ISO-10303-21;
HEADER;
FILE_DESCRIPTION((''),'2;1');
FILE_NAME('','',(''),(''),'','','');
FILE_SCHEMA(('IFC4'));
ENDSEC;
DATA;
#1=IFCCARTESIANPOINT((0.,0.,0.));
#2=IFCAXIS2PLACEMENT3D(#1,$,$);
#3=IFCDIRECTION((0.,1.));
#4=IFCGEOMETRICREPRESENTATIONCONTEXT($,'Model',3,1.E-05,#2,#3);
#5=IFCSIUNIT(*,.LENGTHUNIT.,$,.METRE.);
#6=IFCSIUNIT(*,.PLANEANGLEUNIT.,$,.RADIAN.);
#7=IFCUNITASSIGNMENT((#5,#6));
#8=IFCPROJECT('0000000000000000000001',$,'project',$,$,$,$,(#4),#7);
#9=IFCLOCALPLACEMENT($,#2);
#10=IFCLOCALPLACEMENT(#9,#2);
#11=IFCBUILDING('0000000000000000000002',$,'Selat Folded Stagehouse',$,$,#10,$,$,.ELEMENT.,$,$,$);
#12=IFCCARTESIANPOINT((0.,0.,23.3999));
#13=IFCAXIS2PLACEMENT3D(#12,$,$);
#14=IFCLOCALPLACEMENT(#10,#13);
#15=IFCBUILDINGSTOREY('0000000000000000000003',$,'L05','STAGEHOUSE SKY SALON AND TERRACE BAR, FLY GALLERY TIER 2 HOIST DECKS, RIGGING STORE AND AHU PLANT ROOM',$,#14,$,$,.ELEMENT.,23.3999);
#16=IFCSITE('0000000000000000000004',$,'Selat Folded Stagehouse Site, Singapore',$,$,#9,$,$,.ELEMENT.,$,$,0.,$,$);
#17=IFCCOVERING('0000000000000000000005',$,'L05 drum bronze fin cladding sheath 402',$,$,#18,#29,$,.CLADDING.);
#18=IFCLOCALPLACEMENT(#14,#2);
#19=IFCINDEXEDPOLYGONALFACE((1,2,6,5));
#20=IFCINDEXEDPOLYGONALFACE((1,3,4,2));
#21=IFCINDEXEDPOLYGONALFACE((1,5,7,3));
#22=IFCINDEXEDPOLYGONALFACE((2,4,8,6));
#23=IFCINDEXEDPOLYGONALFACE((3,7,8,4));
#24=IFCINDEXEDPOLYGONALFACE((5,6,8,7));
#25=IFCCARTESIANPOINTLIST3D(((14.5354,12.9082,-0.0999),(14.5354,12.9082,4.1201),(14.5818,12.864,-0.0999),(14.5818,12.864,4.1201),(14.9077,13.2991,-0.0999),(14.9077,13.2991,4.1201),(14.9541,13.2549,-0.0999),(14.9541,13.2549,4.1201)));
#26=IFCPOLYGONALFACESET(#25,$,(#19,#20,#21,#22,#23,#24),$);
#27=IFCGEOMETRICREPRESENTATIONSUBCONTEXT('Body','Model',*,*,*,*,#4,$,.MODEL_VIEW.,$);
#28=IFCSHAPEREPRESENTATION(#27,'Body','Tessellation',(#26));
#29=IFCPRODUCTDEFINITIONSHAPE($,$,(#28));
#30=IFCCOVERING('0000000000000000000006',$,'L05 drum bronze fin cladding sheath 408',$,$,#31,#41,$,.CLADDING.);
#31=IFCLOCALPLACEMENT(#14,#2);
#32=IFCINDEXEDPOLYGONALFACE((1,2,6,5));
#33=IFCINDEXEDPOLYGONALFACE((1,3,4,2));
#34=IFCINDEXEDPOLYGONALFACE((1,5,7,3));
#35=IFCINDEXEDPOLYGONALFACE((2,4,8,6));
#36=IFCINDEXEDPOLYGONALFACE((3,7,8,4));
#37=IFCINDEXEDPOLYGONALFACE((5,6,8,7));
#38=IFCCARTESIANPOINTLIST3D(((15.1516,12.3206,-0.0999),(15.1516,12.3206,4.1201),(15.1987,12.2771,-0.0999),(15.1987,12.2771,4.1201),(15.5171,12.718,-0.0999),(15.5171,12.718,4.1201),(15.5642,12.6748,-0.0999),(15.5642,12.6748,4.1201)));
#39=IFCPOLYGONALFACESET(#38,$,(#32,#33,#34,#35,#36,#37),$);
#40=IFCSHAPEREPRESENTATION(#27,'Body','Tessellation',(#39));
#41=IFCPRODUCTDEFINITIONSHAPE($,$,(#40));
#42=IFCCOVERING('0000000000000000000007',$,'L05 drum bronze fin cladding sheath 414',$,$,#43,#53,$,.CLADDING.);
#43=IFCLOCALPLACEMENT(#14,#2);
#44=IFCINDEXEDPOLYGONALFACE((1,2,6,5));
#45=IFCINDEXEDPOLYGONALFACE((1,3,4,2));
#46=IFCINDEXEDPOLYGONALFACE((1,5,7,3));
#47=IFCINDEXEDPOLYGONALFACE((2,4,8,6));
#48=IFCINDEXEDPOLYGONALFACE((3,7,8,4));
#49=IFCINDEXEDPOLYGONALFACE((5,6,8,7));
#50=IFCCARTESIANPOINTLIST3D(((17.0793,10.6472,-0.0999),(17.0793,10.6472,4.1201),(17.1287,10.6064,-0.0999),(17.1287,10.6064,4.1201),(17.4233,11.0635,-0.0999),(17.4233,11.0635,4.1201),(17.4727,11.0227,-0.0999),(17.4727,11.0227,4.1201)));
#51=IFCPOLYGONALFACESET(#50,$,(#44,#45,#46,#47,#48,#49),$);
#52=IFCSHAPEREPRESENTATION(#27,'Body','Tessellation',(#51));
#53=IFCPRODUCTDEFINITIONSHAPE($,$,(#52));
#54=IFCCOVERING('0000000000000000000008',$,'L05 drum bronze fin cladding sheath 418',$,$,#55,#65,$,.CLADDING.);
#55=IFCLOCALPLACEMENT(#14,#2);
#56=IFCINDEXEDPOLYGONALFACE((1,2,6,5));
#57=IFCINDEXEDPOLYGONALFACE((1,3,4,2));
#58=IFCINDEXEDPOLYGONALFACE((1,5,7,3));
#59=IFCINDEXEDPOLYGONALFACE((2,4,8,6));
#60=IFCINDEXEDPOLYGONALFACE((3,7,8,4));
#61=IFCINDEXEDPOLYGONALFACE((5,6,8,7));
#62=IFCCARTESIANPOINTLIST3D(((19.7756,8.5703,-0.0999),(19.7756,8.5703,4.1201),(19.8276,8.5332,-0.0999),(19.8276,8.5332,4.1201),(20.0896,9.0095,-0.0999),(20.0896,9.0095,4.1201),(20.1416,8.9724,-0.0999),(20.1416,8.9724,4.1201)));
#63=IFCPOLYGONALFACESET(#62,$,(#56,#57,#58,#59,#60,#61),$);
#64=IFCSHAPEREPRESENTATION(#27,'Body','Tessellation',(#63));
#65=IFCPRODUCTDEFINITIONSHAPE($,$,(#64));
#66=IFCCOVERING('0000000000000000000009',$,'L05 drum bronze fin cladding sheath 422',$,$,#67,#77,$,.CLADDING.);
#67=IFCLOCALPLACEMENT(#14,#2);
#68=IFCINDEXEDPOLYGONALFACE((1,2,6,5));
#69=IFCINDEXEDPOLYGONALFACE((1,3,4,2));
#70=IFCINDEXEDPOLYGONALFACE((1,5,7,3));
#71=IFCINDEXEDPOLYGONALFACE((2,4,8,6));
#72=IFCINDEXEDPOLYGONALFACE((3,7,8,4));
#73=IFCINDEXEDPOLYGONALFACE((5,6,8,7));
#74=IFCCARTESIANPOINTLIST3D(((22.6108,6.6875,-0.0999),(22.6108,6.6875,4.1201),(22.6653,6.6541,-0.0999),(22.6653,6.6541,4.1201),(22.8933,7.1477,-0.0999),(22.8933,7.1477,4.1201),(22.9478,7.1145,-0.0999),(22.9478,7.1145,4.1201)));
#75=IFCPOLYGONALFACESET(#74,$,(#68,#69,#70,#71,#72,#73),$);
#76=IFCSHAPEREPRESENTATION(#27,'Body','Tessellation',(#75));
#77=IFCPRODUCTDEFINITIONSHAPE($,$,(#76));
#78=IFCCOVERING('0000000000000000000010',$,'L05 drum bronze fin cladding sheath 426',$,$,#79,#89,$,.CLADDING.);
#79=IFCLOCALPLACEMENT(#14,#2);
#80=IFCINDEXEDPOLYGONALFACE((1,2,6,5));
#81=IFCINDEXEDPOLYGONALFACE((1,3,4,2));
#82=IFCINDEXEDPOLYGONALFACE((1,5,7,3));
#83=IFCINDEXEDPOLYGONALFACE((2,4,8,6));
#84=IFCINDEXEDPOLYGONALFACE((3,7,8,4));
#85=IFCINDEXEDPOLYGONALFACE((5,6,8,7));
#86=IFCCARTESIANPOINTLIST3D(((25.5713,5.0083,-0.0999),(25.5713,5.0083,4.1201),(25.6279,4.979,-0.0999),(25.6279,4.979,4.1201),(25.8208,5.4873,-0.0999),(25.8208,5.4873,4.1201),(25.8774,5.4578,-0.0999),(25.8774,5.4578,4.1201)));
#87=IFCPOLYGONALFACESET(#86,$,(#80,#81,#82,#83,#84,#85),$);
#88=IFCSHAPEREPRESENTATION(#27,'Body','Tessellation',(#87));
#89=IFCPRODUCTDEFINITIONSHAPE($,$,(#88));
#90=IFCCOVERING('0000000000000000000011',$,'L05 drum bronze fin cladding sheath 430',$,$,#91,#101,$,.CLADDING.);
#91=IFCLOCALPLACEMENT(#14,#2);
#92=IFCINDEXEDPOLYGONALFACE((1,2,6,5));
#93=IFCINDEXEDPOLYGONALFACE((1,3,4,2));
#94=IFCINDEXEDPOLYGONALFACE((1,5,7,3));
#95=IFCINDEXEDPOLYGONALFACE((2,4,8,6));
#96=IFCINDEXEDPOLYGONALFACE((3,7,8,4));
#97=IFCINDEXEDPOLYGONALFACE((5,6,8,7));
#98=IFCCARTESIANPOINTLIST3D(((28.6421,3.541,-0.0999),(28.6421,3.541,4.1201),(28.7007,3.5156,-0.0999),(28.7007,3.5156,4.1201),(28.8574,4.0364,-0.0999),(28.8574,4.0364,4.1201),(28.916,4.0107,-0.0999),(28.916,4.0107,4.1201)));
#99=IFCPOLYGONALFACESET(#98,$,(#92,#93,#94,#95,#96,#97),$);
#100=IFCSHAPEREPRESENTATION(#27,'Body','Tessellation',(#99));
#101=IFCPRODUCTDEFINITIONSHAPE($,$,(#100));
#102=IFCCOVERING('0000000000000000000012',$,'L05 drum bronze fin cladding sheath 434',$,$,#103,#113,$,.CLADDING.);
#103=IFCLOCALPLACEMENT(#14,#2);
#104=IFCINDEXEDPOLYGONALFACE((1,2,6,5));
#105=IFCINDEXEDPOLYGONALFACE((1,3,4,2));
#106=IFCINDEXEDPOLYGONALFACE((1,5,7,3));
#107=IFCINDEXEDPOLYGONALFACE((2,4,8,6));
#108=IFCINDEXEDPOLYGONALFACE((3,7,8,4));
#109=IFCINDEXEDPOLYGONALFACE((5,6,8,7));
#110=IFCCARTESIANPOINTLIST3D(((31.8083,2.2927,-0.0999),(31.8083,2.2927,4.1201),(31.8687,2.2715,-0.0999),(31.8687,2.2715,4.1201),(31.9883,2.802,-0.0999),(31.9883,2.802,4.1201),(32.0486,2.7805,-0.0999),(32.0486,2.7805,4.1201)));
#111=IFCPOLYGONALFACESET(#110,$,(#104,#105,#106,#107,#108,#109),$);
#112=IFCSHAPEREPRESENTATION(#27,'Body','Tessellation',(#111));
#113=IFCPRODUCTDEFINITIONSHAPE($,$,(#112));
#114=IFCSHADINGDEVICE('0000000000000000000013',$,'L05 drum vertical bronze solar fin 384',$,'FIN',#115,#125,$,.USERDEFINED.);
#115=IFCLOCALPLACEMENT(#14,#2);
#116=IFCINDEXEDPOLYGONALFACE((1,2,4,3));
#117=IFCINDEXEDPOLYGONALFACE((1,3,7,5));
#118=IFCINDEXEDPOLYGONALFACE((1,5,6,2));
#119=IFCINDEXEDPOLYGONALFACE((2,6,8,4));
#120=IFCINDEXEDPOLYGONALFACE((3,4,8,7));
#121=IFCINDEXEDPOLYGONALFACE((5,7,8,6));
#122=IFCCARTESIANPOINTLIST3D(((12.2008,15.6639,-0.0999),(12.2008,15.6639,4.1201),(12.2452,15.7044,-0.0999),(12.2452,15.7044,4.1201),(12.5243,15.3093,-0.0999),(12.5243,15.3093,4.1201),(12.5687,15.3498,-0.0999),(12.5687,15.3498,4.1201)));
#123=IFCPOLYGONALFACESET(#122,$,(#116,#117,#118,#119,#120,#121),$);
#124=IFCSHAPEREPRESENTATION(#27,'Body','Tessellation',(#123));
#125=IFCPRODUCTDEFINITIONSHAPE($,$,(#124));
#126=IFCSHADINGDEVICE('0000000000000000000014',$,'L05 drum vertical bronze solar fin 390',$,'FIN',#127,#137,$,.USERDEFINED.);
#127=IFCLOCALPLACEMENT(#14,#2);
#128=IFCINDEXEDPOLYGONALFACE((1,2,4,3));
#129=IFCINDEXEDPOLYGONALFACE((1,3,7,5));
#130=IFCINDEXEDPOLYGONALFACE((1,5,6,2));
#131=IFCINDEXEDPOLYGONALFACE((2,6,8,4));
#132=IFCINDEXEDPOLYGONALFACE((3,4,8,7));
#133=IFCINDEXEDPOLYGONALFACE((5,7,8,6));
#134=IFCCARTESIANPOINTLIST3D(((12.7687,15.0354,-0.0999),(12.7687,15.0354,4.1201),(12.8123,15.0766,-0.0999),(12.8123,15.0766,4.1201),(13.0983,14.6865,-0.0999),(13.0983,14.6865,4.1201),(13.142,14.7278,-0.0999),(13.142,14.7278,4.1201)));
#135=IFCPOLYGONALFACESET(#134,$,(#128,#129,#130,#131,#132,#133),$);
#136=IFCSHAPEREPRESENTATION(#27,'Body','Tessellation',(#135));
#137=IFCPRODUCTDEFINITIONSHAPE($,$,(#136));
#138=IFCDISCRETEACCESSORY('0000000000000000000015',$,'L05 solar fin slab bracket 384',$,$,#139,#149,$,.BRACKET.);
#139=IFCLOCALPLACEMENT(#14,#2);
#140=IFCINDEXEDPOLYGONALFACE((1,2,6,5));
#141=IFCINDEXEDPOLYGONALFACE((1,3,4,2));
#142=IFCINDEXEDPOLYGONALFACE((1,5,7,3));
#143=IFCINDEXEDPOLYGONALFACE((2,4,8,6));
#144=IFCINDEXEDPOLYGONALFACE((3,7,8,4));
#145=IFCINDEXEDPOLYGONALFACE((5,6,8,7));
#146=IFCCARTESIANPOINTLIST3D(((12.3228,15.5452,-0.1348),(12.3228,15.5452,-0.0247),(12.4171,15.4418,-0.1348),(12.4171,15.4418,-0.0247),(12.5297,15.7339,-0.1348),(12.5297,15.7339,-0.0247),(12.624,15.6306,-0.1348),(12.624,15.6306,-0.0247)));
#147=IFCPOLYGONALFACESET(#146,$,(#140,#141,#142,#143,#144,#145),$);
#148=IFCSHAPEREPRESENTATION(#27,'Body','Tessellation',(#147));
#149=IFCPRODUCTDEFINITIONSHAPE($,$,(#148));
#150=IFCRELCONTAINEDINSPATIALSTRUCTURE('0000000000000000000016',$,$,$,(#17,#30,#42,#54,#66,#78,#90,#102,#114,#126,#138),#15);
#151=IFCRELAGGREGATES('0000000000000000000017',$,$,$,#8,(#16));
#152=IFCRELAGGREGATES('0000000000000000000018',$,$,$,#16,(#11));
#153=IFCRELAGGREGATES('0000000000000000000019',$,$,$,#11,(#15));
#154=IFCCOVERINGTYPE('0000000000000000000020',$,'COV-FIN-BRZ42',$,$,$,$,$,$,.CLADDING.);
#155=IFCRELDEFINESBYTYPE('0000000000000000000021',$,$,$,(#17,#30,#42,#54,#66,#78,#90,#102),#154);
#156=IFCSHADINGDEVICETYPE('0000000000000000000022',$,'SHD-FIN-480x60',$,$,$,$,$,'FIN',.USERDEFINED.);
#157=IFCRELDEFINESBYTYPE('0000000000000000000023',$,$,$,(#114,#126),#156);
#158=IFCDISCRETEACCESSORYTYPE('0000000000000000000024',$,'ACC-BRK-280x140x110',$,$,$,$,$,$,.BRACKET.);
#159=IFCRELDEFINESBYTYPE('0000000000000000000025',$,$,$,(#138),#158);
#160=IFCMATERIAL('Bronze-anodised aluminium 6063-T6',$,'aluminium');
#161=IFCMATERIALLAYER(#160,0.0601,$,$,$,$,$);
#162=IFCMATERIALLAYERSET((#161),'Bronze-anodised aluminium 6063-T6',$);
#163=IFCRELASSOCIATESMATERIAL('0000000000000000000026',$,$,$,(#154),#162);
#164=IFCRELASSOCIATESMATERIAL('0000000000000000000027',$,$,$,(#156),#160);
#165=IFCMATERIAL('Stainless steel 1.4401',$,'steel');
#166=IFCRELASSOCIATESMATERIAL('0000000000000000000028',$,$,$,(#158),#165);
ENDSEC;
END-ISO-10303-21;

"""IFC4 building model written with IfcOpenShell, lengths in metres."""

from ifc_helpers import new_model, si_unit, direction, frame, origin, origin_2d, place, context, subcontext, project, spatial, polyline, rectangle, outline, extrude, material, layer, layer_set, material_profile, profile_set, type_object, element, save


model = new_model("IFC4")

# Units and contexts
model_context = context("Model", 3, precision=1e-05, world=origin(), true_north=direction((0.0, 1.0)))
body_context = subcontext(model_context, "Body", "Model", "MODEL_VIEW")
ifc_project = project(units=[si_unit("LENGTHUNIT", "METRE"), si_unit("PLANEANGLEUNIT", "RADIAN")], contexts=[model_context])

# Site, building, storey
site_placement = place(None, origin())
site = spatial("IfcSite", under=ifc_project, at=site_placement, Name="Selat Folded Stagehouse Site, Singapore", CompositionType="ELEMENT", RefElevation=0.0)
building_placement = place(site_placement, origin())
building = spatial("IfcBuilding", under=site, at=building_placement, Name="Selat Folded Stagehouse", CompositionType="ELEMENT")
storey_placement = place(building_placement, frame((0.0, 0.0, 23.3999)))
storey = spatial("IfcBuildingStorey", under=building, at=storey_placement, Name="L05", Description="STAGEHOUSE SKY SALON AND TERRACE BAR, FLY GALLERY TIER 2 HOIST DECKS, RIGGING STORE AND AHU PLANT ROOM", CompositionType="ELEMENT", Elevation=23.3999)

# Coverings
ifc_material_1 = material(Name="Bronze-anodised aluminium 6063-T6", Category="aluminium")
ifc_layer_1 = layer(ifc_material_1, 0.0601)
ifc_layer_set_1 = layer_set([ifc_layer_1], Name="Bronze-anodised aluminium 6063-T6")
covering_type_1 = type_object("IfcCoveringType", Name="COV-FIN-BRZ42", PredefinedType="CLADDING", material=ifc_layer_set_1)
covering_1_placement = place(storey_placement, frame((0.0, 0.0, -0.0999)))
element("IfcCovering", 1, at=covering_1_placement, inside=storey, type_object=covering_type_1, Name="L05 drum bronze fin cladding sheath 402", PredefinedType="CLADDING", context=body_context, shape_type="SweptSolid", body=[
    extrude(outline(polyline([(14.9077, 13.2991), (14.5354, 12.9082), (14.5818, 12.864), (14.9541, 13.2549), (14.9077, 13.2991)])), origin(), (0.0, 0.0, 1.0), 4.22),
])
covering_2_placement = place(storey_placement, frame((0.0, 0.0, -0.0999)))
element("IfcCovering", 2, at=covering_2_placement, inside=storey, type_object=covering_type_1, Name="L05 drum bronze fin cladding sheath 408", PredefinedType="CLADDING", context=body_context, shape_type="SweptSolid", body=[
    extrude(outline(polyline([(15.5171, 12.718), (15.1516, 12.3206), (15.1987, 12.2771), (15.5642, 12.6748), (15.5171, 12.718)])), origin(), (0.0, 0.0, 1.0), 4.22),
])
covering_3_placement = place(storey_placement, frame((0.0, 0.0, -0.0999)))
element("IfcCovering", 3, at=covering_3_placement, inside=storey, type_object=covering_type_1, Name="L05 drum bronze fin cladding sheath 414", PredefinedType="CLADDING", context=body_context, shape_type="SweptSolid", body=[
    extrude(outline(polyline([(17.4233, 11.0635), (17.0793, 10.6472), (17.1287, 10.6064), (17.4727, 11.0227), (17.4233, 11.0635)])), origin(), (0.0, 0.0, 1.0), 4.22),
])
covering_4_placement = place(storey_placement, frame((0.0, 0.0, -0.0999)))
element("IfcCovering", 4, at=covering_4_placement, inside=storey, type_object=covering_type_1, Name="L05 drum bronze fin cladding sheath 418", PredefinedType="CLADDING", context=body_context, shape_type="SweptSolid", body=[
    extrude(outline(polyline([(20.0896, 9.0095), (19.7756, 8.5703), (19.8276, 8.5332), (20.1416, 8.9724), (20.0896, 9.0095)])), origin(), (0.0, 0.0, 1.0), 4.22),
])
covering_5_placement = place(storey_placement, frame((0.0, 0.0, -0.0999)))
element("IfcCovering", 5, at=covering_5_placement, inside=storey, type_object=covering_type_1, Name="L05 drum bronze fin cladding sheath 422", PredefinedType="CLADDING", context=body_context, shape_type="SweptSolid", body=[
    extrude(outline(polyline([(22.8933, 7.1477), (22.6108, 6.6875), (22.6653, 6.6541), (22.9478, 7.1145), (22.8933, 7.1477)])), origin(), (0.0, 0.0, 1.0), 4.22),
])
covering_6_placement = place(storey_placement, frame((0.0, 0.0, -0.0999)))
element("IfcCovering", 6, at=covering_6_placement, inside=storey, type_object=covering_type_1, Name="L05 drum bronze fin cladding sheath 426", PredefinedType="CLADDING", context=body_context, shape_type="SweptSolid", body=[
    extrude(outline(polyline([(25.8208, 5.4873), (25.5713, 5.0083), (25.6279, 4.979), (25.8774, 5.4578), (25.8208, 5.4873)])), origin(), (0.0, 0.0, 1.0), 4.22),
])
covering_7_placement = place(storey_placement, frame((0.0, 0.0, -0.0999)))
element("IfcCovering", 7, at=covering_7_placement, inside=storey, type_object=covering_type_1, Name="L05 drum bronze fin cladding sheath 430", PredefinedType="CLADDING", context=body_context, shape_type="SweptSolid", body=[
    extrude(outline(polyline([(28.8574, 4.0364), (28.6421, 3.541), (28.7007, 3.5156), (28.916, 4.0107), (28.8574, 4.0364)])), origin(), (0.0, 0.0, 1.0), 4.22),
])
covering_8_placement = place(storey_placement, frame((0.0, 0.0, -0.0999)))
element("IfcCovering", 8, at=covering_8_placement, inside=storey, type_object=covering_type_1, Name="L05 drum bronze fin cladding sheath 434", PredefinedType="CLADDING", context=body_context, shape_type="SweptSolid", body=[
    extrude(outline(polyline([(31.9883, 2.802), (31.8083, 2.2927), (31.8687, 2.2715), (32.0486, 2.7805), (31.9883, 2.802)])), origin(), (0.0, 0.0, 1.0), 4.22),
])

# Shading devices
ifc_material_profile_1 = material_profile(ifc_material_1, rectangle(XDim=0.0601, YDim=0.48, at=origin_2d()), Name="SOLAR-FIN 480x60")
ifc_profile_set_1 = profile_set([ifc_material_profile_1], Name="Bronze-anodised aluminium 6063-T6")
shading_device_type = type_object("IfcShadingDeviceType", Name="SHD-FIN-480x60", ElementType="FIN", PredefinedType="USERDEFINED", material=ifc_profile_set_1)
for number, where, z_axis, x_axis, name in (
    (9, (12.3848, 15.5068, -0.0999), (0.0, 0.0, 1.0), (-0.738691, -0.674045, 0.0), "L05 drum vertical bronze solar fin 384"),
    (10, (12.9553, 14.8816, -0.0999), (0.0, 0.0, 1.0), (-0.726814, -0.686834, 0.0), "L05 drum vertical bronze solar fin 390"),
):
    element("IfcShadingDevice", number, at=place(storey_placement, frame(where, z_axis=z_axis, x_axis=x_axis)), inside=storey, type_object=shading_device_type, Name=name, ObjectType="FIN", PredefinedType="USERDEFINED", context=body_context, shape_type="SweptSolid", body=[
        extrude(rectangle(XDim=0.0601, YDim=0.48, at=origin_2d()), origin(), (0.0, 0.0, 1.0), 4.22),
    ])

# Discrete accessory
ifc_material_2 = material(Name="Stainless steel 1.4401", Category="steel")
discrete_accessory_type = type_object("IfcDiscreteAccessoryType", Name="ACC-BRK-280x140x110", PredefinedType="BRACKET", material=ifc_material_2)
discrete_accessory_placement = place(storey_placement, frame((12.4734, 15.5879, -0.1348), z_axis=(0.0, 0.0, 1.0), x_axis=(-0.738691, -0.674045, 0.0)))
element("IfcDiscreteAccessory", 11, at=discrete_accessory_placement, inside=storey, type_object=discrete_accessory_type, Name="L05 solar fin slab bracket 384", PredefinedType="BRACKET", context=body_context, shape_type="SweptSolid", body=[
    extrude(rectangle(XDim=0.28, YDim=0.1399, at=origin_2d()), origin(), (0.0, 0.0, 1.0), 0.1101),
])

save(model, "model.ifc")
